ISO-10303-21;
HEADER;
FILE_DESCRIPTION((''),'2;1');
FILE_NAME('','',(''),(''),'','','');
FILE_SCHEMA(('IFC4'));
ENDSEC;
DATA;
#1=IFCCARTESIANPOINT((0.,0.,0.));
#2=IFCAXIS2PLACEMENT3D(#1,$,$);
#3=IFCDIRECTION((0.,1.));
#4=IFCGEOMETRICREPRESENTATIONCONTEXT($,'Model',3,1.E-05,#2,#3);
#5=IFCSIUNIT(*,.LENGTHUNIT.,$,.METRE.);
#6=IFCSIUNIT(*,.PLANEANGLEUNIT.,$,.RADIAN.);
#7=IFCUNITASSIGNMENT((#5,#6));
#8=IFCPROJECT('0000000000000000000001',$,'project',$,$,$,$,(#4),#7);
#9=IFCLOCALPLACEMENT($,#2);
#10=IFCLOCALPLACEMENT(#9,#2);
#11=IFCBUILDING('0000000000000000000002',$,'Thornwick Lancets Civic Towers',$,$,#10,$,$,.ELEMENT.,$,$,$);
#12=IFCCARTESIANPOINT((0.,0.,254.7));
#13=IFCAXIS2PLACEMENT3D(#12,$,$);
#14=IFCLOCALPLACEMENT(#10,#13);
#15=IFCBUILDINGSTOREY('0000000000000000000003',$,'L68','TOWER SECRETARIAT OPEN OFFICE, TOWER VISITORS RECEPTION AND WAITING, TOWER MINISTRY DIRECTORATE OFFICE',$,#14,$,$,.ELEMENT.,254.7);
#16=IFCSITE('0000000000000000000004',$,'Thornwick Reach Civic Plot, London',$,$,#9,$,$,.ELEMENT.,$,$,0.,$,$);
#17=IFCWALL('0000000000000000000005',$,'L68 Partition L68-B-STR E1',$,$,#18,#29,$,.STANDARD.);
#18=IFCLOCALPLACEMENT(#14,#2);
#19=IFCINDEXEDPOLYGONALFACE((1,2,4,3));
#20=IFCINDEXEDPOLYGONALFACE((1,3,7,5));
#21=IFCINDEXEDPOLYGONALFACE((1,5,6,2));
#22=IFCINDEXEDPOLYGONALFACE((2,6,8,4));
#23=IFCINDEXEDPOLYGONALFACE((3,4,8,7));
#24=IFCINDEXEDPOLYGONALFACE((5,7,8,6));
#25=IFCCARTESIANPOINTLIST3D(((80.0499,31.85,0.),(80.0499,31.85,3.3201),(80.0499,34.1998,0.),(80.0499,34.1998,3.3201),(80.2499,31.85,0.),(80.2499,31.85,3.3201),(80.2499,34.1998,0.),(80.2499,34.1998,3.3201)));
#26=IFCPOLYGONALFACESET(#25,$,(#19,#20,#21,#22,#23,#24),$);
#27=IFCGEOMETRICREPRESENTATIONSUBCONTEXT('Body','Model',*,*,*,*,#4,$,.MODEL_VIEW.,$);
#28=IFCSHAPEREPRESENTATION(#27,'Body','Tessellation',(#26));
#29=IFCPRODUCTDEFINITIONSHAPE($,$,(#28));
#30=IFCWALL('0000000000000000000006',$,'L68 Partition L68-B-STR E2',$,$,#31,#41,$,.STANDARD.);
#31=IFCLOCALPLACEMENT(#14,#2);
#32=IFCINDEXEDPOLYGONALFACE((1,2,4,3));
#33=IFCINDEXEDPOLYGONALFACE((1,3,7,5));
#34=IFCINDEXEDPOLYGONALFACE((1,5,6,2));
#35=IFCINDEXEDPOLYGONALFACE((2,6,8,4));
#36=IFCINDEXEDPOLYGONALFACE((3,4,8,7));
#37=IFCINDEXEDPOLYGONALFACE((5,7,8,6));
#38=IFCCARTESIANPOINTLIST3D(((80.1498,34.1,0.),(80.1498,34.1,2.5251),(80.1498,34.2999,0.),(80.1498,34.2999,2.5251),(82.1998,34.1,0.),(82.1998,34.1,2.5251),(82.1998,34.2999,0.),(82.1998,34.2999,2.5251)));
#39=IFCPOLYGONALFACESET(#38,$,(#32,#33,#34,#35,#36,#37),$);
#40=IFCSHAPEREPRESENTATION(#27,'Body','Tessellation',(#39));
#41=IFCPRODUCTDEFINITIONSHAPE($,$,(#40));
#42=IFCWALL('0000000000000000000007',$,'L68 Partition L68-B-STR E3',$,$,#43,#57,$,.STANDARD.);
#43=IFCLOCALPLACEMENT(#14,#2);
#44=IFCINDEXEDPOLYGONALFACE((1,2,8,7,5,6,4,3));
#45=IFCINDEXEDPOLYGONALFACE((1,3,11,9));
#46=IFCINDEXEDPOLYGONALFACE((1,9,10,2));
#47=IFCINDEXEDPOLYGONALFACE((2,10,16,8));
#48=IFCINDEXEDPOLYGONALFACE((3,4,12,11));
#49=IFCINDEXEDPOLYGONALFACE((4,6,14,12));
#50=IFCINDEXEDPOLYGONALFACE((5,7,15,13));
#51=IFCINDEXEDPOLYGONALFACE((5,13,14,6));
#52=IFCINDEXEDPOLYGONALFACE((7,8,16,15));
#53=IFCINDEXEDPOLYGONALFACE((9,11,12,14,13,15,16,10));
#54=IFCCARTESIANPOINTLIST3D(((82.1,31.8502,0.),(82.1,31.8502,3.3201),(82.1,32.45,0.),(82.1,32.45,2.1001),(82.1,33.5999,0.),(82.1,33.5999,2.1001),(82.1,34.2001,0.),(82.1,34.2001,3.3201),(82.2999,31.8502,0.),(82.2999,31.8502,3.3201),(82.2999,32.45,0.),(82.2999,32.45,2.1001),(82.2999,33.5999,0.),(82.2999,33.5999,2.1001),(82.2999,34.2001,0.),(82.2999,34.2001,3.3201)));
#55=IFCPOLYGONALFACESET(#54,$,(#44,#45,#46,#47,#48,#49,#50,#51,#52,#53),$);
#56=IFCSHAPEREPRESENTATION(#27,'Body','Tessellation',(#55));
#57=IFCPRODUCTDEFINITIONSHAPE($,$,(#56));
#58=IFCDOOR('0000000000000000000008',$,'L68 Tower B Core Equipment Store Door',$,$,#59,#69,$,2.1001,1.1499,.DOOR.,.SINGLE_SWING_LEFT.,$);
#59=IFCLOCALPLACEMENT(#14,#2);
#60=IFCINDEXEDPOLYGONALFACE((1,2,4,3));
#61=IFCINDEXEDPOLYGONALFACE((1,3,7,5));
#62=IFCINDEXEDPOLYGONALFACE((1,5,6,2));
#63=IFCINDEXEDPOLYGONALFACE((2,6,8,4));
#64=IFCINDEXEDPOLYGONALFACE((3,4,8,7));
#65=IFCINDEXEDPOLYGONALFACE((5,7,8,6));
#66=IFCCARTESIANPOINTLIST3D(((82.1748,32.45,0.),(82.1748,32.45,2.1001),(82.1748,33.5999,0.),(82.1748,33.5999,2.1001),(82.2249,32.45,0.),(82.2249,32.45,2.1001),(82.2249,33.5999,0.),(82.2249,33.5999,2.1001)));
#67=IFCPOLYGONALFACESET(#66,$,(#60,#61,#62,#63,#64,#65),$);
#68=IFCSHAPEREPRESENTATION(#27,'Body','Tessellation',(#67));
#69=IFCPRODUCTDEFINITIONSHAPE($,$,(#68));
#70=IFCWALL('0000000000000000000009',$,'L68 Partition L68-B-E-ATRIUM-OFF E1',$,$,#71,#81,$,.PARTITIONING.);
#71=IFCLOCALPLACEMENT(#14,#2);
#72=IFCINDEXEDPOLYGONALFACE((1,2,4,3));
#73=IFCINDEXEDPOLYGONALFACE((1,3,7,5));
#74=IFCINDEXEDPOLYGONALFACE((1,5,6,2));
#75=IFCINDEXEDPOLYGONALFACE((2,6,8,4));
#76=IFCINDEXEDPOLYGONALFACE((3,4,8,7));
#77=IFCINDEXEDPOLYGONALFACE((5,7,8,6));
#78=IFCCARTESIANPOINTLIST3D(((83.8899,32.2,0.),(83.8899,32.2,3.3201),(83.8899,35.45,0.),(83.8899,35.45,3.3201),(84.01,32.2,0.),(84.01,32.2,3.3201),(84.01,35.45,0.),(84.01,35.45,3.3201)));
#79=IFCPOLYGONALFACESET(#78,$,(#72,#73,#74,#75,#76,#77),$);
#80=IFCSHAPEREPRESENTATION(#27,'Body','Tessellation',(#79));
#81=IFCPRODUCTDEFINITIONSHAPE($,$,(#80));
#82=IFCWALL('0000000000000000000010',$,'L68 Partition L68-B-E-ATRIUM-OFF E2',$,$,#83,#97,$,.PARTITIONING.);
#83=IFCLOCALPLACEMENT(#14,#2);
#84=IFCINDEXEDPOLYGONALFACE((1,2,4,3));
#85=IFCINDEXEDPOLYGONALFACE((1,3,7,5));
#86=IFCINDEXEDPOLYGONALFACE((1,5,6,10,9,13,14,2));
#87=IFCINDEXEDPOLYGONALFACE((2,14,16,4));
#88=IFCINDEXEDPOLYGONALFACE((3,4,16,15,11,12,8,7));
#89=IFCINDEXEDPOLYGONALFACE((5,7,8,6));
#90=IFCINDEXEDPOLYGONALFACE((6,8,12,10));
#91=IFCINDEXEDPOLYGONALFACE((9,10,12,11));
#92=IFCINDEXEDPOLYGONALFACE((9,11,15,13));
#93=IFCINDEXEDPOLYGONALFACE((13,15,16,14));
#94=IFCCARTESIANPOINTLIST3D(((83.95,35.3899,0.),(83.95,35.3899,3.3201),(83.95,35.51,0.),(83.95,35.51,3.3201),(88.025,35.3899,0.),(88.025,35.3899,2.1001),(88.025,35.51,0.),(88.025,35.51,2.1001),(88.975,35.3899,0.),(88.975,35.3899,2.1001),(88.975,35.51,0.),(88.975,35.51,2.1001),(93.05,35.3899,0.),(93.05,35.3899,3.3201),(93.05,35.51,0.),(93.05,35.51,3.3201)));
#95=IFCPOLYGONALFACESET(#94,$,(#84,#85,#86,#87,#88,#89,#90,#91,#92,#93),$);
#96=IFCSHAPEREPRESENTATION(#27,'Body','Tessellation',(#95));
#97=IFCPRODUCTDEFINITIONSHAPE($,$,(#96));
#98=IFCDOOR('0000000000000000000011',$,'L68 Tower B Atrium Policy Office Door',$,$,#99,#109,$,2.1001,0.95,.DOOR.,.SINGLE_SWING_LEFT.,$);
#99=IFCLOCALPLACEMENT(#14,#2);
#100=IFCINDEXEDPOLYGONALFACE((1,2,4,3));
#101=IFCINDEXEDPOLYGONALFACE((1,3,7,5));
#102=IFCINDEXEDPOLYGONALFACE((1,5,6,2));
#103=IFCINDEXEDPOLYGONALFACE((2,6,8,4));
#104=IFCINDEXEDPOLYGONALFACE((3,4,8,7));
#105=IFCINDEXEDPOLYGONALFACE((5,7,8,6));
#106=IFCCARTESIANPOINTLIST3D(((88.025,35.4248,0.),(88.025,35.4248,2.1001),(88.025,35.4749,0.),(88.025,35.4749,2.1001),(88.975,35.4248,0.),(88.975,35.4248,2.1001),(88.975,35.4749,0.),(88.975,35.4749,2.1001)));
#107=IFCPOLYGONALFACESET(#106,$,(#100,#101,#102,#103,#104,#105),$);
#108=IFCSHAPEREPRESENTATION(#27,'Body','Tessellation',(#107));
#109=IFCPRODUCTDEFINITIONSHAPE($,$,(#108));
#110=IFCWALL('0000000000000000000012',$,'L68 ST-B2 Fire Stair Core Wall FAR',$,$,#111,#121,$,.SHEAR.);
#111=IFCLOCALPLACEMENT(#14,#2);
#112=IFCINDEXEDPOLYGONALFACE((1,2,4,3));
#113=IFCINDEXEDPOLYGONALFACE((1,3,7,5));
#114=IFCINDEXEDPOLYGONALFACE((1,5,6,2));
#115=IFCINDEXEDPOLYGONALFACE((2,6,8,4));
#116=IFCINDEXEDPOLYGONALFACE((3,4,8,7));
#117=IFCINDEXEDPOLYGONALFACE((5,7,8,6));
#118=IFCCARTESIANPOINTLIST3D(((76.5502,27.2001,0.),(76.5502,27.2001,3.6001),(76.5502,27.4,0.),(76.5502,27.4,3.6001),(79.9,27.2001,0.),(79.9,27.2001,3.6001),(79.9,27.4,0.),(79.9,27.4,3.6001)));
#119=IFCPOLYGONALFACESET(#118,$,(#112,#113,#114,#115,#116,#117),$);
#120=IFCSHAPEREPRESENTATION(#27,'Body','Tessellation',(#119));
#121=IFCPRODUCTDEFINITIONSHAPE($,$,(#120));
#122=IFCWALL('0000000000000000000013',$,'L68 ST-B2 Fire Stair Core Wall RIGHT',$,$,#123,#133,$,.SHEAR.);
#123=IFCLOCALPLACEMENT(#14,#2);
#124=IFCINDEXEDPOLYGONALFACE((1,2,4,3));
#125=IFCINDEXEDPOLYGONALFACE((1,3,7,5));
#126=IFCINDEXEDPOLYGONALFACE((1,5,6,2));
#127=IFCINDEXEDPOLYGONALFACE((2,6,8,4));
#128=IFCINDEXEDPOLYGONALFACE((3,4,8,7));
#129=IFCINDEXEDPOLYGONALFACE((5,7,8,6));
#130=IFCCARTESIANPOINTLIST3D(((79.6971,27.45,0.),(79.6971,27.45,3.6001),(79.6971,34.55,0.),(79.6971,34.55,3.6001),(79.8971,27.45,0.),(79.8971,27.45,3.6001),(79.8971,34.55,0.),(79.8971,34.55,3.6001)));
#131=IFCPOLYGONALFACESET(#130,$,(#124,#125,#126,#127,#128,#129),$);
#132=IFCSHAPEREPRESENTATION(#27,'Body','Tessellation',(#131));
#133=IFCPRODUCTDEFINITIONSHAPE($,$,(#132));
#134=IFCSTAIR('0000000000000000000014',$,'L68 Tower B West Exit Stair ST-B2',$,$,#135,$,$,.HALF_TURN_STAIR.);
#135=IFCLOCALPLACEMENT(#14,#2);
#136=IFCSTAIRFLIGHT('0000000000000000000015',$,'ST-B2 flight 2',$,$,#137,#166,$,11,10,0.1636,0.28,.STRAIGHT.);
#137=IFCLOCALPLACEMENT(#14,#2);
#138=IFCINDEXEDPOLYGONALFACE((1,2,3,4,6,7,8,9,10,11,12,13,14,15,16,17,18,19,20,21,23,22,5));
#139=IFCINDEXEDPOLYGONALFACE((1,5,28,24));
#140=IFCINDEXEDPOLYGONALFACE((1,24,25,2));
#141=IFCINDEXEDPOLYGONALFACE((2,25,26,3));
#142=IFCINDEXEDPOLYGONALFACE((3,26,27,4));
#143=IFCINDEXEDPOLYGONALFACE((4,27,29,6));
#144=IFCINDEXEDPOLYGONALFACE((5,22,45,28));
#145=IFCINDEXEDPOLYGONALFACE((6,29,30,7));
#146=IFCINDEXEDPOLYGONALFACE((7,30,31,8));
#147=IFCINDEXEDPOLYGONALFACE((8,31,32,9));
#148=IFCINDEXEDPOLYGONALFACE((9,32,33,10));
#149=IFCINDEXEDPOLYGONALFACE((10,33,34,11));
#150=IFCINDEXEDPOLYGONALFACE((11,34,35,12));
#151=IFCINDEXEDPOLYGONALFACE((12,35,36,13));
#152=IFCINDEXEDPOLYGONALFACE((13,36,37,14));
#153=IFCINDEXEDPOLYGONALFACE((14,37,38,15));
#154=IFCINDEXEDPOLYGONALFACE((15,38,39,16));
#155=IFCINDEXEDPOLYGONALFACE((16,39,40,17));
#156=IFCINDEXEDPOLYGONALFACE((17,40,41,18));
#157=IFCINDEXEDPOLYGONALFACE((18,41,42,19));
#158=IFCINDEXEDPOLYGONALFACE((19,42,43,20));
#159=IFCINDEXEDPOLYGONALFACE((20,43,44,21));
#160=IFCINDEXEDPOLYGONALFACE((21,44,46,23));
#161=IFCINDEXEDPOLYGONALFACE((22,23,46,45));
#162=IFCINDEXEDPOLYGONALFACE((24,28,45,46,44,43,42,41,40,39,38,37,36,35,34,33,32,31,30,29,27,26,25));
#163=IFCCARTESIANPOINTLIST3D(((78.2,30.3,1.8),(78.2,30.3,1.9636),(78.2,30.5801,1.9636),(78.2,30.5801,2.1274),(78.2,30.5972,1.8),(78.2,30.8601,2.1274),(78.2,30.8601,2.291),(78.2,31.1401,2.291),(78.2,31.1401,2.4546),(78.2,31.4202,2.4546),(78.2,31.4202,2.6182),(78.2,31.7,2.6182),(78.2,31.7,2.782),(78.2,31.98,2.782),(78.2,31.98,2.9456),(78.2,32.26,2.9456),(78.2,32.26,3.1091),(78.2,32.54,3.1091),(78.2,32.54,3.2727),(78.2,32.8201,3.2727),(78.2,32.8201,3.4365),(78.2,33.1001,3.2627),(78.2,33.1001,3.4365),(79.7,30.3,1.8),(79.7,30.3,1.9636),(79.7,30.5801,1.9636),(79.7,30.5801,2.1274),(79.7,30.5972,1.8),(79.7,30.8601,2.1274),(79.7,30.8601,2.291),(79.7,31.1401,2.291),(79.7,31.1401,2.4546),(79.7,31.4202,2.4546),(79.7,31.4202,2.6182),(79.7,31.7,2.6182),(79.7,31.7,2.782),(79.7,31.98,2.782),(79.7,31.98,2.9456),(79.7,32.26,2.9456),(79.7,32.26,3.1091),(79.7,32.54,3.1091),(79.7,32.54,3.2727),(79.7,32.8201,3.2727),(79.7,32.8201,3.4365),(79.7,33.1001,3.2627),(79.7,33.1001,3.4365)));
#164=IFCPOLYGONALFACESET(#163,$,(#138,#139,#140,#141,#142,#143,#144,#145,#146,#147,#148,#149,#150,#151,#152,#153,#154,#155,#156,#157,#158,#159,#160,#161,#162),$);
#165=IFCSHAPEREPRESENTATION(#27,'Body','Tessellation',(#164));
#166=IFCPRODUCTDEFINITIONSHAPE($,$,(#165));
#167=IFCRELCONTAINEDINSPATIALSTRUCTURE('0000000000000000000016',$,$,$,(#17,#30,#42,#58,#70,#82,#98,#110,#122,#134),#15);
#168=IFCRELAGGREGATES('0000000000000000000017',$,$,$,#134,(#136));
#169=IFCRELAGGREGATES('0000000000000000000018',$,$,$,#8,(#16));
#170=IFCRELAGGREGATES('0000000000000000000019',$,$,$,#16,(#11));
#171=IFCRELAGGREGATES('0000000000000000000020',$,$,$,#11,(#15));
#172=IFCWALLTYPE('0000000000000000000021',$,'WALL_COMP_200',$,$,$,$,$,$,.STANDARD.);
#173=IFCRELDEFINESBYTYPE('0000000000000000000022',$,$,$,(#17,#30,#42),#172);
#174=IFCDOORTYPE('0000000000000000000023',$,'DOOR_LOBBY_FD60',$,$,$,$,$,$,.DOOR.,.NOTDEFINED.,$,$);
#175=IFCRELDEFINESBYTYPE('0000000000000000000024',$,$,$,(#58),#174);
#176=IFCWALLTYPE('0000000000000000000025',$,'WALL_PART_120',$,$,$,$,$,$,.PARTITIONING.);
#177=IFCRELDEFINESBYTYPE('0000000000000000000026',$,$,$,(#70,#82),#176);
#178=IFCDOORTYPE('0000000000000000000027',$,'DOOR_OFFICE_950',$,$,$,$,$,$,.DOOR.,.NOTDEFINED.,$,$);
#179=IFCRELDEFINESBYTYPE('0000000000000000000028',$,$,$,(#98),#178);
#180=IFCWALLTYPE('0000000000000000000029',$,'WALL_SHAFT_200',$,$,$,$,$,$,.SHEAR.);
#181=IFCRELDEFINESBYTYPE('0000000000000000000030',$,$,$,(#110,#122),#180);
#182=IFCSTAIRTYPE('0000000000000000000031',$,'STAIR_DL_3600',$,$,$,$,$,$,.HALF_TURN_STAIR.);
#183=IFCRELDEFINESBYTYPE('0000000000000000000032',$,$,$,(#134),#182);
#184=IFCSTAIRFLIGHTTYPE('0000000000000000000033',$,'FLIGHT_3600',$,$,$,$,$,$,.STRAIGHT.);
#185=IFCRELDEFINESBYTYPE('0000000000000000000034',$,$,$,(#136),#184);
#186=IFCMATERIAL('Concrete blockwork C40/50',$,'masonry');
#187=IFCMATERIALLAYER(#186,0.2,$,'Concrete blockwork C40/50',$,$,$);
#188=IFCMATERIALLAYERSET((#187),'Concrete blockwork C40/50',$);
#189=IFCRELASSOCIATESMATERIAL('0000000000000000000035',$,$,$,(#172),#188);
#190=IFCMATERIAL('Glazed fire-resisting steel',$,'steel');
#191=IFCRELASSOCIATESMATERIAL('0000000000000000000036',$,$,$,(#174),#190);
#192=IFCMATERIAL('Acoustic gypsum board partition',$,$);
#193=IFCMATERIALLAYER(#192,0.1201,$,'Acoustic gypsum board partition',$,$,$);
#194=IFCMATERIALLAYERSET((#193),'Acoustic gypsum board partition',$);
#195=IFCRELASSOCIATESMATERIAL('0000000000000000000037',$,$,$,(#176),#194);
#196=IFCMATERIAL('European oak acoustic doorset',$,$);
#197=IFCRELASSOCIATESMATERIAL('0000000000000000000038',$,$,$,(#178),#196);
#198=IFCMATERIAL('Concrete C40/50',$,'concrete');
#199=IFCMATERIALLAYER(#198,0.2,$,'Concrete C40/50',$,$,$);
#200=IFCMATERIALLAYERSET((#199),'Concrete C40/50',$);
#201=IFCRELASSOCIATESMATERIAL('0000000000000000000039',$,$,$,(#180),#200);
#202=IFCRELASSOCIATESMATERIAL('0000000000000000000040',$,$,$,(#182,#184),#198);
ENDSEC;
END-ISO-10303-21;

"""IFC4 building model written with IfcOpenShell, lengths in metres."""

from ifc_helpers import new_model, si_unit, direction, frame, frame_2d, origin, place, context, subcontext, project, spatial, polyline, rectangle, outline, extrude, material, layer, layer_set, type_object, element, fill, aggregate, save


model = new_model("IFC4")

# Units and contexts
model_context = context("Model", 3, precision=1e-05, world=origin(), true_north=direction((0.0, 1.0)))
body_context = subcontext(model_context, "Body", "Model", "MODEL_VIEW")
ifc_project = project(units=[si_unit("LENGTHUNIT", "METRE"), si_unit("PLANEANGLEUNIT", "RADIAN")], contexts=[model_context])

# Site, building, storey
site_placement = place(None, origin())
site = spatial("IfcSite", under=ifc_project, at=site_placement, Name="Thornwick Reach Civic Plot, London", CompositionType="ELEMENT", RefElevation=0.0)
building_placement = place(site_placement, origin())
building = spatial("IfcBuilding", under=site, at=building_placement, Name="Thornwick Lancets Civic Towers", CompositionType="ELEMENT")
storey_placement = place(building_placement, frame((0.0, 0.0, 254.7)))
storey = spatial("IfcBuildingStorey", under=building, at=storey_placement, Name="L68", Description="TOWER SECRETARIAT OPEN OFFICE, TOWER VISITORS RECEPTION AND WAITING, TOWER MINISTRY DIRECTORATE OFFICE", CompositionType="ELEMENT", Elevation=254.7)

# Shared definitions
ifc_material_1 = material(Name="Concrete blockwork C40/50", Category="masonry")
ifc_layer_1 = layer(ifc_material_1, 0.2, Name="Concrete blockwork C40/50")
ifc_layer_set_1 = layer_set([ifc_layer_1], Name="Concrete blockwork C40/50")
wall_type_1 = type_object("IfcWallType", Name="WALL_COMP_200", PredefinedType="STANDARD", material=ifc_layer_set_1)

# Shared definitions
ifc_material_2 = material(Name="Glazed fire-resisting steel", Category="steel")
door_type_1 = type_object("IfcDoorType", Name="DOOR_LOBBY_FD60", OperationType="NOTDEFINED", PredefinedType="DOOR", material=ifc_material_2)

# Walls
wall_1_placement = place(storey_placement, frame((80.1499, 31.8501, 0.0), z_axis=(0.0, 0.0, 1.0), x_axis=(0.0, 1.0, 0.0)))
element("IfcWall", 1, at=wall_1_placement, inside=storey, type_object=wall_type_1, Name="L68 Partition L68-B-STR E1", PredefinedType="STANDARD", context=body_context, shape_type="SweptSolid", body=[
    extrude(rectangle(XDim=2.3499, YDim=0.2, at=frame_2d((1.1748, 0.0))), origin(), (0.0, 0.0, 1.0), 3.3201),
])
wall_2_placement = place(storey_placement, frame((80.1499, 34.2, 0.0), z_axis=(0.0, 0.0, 1.0), x_axis=(1.0, 0.0, 0.0)))
element("IfcWall", 2, at=wall_2_placement, inside=storey, type_object=wall_type_1, Name="L68 Partition L68-B-STR E2", PredefinedType="STANDARD", context=body_context, shape_type="SweptSolid", body=[
    extrude(rectangle(XDim=2.05, YDim=0.2, at=frame_2d((1.0249, 0.0))), origin(), (0.0, 0.0, 1.0), 2.5251),
])

# Wall, opening, door
wall_3_placement = place(storey_placement, frame((82.2, 34.2, 0.0), z_axis=(0.0, 0.0, 1.0), x_axis=(0.0, -1.0, 0.0)))
wall_3 = element("IfcWall", 3, at=wall_3_placement, inside=storey, type_object=wall_type_1, Name="L68 Partition L68-B-STR E3", PredefinedType="STANDARD", context=body_context, shape_type="SweptSolid", body=[
    extrude(rectangle(XDim=2.3499, YDim=0.2, at=frame_2d((1.1748, 0.0))), origin(), (0.0, 0.0, 1.0), 3.3201),
])
opening_1_placement = place(wall_3_placement, frame((0.6001, 0.0, 0.0)))
opening_1 = element("IfcOpeningElement", 4, at=opening_1_placement, cuts=wall_3, PredefinedType="OPENING", context=body_context, shape_type="SweptSolid", body=[
    extrude(rectangle(XDim=1.1499, YDim=2.1001, at=frame_2d((0.575, 1.05))), frame((0.0, 0.1099, 0.0), z_axis=(0.0, -1.0, 0.0), x_axis=(1.0, 0.0, 0.0)), (0.0, 0.0, 1.0), 0.22),
])
door_1_placement = place(opening_1_placement, origin())
door_1 = element("IfcDoor", 5, at=door_1_placement, inside=storey, type_object=door_type_1, Name="L68 Tower B Core Equipment Store Door", OperationType="SINGLE_SWING_LEFT", OverallHeight=2.1001, OverallWidth=1.1499, PredefinedType="DOOR", context=body_context, shape_type="SweptSolid", body=[
    extrude(rectangle(XDim=1.1499, YDim=2.1001, at=frame_2d((0.575, 1.05))), frame((0.0, 0.0249, 0.0), z_axis=(0.0, -1.0, 0.0), x_axis=(1.0, 0.0, 0.0)), (0.0, 0.0, 1.0), 0.05),
])
fill(opening_1, door_1)

# Wall
ifc_material_3 = material(Name="Acoustic gypsum board partition")
ifc_layer_2 = layer(ifc_material_3, 0.1201, Name="Acoustic gypsum board partition")
ifc_layer_set_2 = layer_set([ifc_layer_2], Name="Acoustic gypsum board partition")
wall_type_2 = type_object("IfcWallType", Name="WALL_PART_120", PredefinedType="PARTITIONING", material=ifc_layer_set_2)
wall_4_placement = place(storey_placement, frame((83.95, 32.2, 0.0), z_axis=(0.0, 0.0, 1.0), x_axis=(0.0, 1.0, 0.0)))
element("IfcWall", 6, at=wall_4_placement, inside=storey, type_object=wall_type_2, Name="L68 Partition L68-B-E-ATRIUM-OFF E1", PredefinedType="PARTITIONING", context=body_context, shape_type="SweptSolid", body=[
    extrude(rectangle(XDim=3.25, YDim=0.1201, at=frame_2d((1.625, 0.0))), origin(), (0.0, 0.0, 1.0), 3.3201),
])

# Wall, opening, door
wall_5_placement = place(storey_placement, frame((83.95, 35.45, 0.0), z_axis=(0.0, 0.0, 1.0), x_axis=(1.0, 0.0, 0.0)))
wall_5 = element("IfcWall", 7, at=wall_5_placement, inside=storey, type_object=wall_type_2, Name="L68 Partition L68-B-E-ATRIUM-OFF E2", PredefinedType="PARTITIONING", context=body_context, shape_type="SweptSolid", body=[
    extrude(rectangle(XDim=9.1001, YDim=0.1201, at=frame_2d((4.55, 0.0))), origin(), (0.0, 0.0, 1.0), 3.3201),
])
opening_2_placement = place(wall_5_placement, frame((4.075, 0.0, 0.0)))
opening_2 = element("IfcOpeningElement", 8, at=opening_2_placement, cuts=wall_5, PredefinedType="OPENING", context=body_context, shape_type="SweptSolid", body=[
    extrude(rectangle(XDim=0.95, YDim=2.1001, at=frame_2d((0.4751, 1.05))), frame((0.0, 0.0701, 0.0), z_axis=(0.0, -1.0, 0.0), x_axis=(1.0, 0.0, 0.0)), (0.0, 0.0, 1.0), 0.1401),
])
ifc_material_4 = material(Name="European oak acoustic doorset")
door_type_2 = type_object("IfcDoorType", Name="DOOR_OFFICE_950", OperationType="NOTDEFINED", PredefinedType="DOOR", material=ifc_material_4)
door_2_placement = place(opening_2_placement, origin())
door_2 = element("IfcDoor", 9, at=door_2_placement, inside=storey, type_object=door_type_2, Name="L68 Tower B Atrium Policy Office Door", OperationType="SINGLE_SWING_LEFT", OverallHeight=2.1001, OverallWidth=0.95, PredefinedType="DOOR", context=body_context, shape_type="SweptSolid", body=[
    extrude(rectangle(XDim=0.95, YDim=2.1001, at=frame_2d((0.4751, 1.05))), frame((0.0, 0.0249, 0.0), z_axis=(0.0, -1.0, 0.0), x_axis=(1.0, 0.0, 0.0)), (0.0, 0.0, 1.0), 0.05),
])
fill(opening_2, door_2)

# Walls
ifc_material_5 = material(Name="Concrete C40/50", Category="concrete")
ifc_layer_3 = layer(ifc_material_5, 0.2, Name="Concrete C40/50")
ifc_layer_set_3 = layer_set([ifc_layer_3], Name="Concrete C40/50")
wall_type_3 = type_object("IfcWallType", Name="WALL_SHAFT_200", PredefinedType="SHEAR", material=ifc_layer_set_3)
wall_6_placement = place(storey_placement, frame((79.8999, 27.3, 0.0), z_axis=(0.0, 0.0, 1.0), x_axis=(-1.0, 0.0, 0.0)))
element("IfcWall", 10, at=wall_6_placement, inside=storey, type_object=wall_type_3, Name="L68 ST-B2 Fire Stair Core Wall FAR", PredefinedType="SHEAR", context=body_context, shape_type="SweptSolid", body=[
    extrude(rectangle(XDim=3.3499, YDim=0.2, at=frame_2d((1.6748, 0.0))), origin(), (0.0, 0.0, 1.0), 3.6001),
])
wall_7_placement = place(storey_placement, frame((79.7971, 27.45, 0.0), z_axis=(0.0, 0.0, 1.0), x_axis=(0.0, 1.0, 0.0)))
element("IfcWall", 11, at=wall_7_placement, inside=storey, type_object=wall_type_3, Name="L68 ST-B2 Fire Stair Core Wall RIGHT", PredefinedType="SHEAR", context=body_context, shape_type="SweptSolid", body=[
    extrude(rectangle(XDim=7.1001, YDim=0.2, at=frame_2d((3.55, 0.0))), origin(), (0.0, 0.0, 1.0), 3.6001),
])

# Stair, stair flight
stair_type = type_object("IfcStairType", Name="STAIR_DL_3600", PredefinedType="HALF_TURN_STAIR", material=ifc_material_5)
stair_placement = place(storey_placement, origin())
stair = element("IfcStair", 12, at=stair_placement, inside=storey, type_object=stair_type, Name="L68 Tower B West Exit Stair ST-B2", PredefinedType="HALF_TURN_STAIR")
stair_flight_type = type_object("IfcStairFlightType", Name="FLIGHT_3600", PredefinedType="STRAIGHT", material=ifc_material_5)
stair_flight_placement = place(storey_placement, frame((78.95, 30.3, 1.8), z_axis=(0.0, 0.0, 1.0), x_axis=(0.0, 1.0, 0.0)))
stair_flight = element("IfcStairFlight", 13, at=stair_flight_placement, type_object=stair_flight_type, Name="ST-B2 flight 2", NumberOfRisers=11, NumberOfTreads=10, PredefinedType="STRAIGHT", RiserHeight=0.1636, TreadLength=0.28, context=body_context, shape_type="SweptSolid", body=[
    extrude(outline(polyline([(0.0, 0.0), (0.0, 0.1636), (0.28, 0.1636), (0.28, 0.3274), (0.5601, 0.3274), (0.5601, 0.491), (0.8401, 0.491), (0.8401, 0.6545), (1.1201, 0.6545), (1.1201, 0.8181), (1.3999, 0.8181), (1.3999, 0.9819), (1.6799, 0.9819), (1.6799, 1.1455), (1.96, 1.1455), (1.96, 1.3091), (2.24, 1.3091), (2.24, 1.4727), (2.52, 1.4727), (2.52, 1.6365), (2.8, 1.6365), (2.8, 1.8), (2.8, 1.4626), (0.2971, 0.0), (0.0, 0.0)])), frame((0.0, 0.75, 0.0), z_axis=(0.0, -1.0, 0.0), x_axis=(1.0, 0.0, 0.0)), (0.0, 0.0, 1.0), 1.5),
])
aggregate(stair, [stair_flight])

save(model, "model.ifc")
